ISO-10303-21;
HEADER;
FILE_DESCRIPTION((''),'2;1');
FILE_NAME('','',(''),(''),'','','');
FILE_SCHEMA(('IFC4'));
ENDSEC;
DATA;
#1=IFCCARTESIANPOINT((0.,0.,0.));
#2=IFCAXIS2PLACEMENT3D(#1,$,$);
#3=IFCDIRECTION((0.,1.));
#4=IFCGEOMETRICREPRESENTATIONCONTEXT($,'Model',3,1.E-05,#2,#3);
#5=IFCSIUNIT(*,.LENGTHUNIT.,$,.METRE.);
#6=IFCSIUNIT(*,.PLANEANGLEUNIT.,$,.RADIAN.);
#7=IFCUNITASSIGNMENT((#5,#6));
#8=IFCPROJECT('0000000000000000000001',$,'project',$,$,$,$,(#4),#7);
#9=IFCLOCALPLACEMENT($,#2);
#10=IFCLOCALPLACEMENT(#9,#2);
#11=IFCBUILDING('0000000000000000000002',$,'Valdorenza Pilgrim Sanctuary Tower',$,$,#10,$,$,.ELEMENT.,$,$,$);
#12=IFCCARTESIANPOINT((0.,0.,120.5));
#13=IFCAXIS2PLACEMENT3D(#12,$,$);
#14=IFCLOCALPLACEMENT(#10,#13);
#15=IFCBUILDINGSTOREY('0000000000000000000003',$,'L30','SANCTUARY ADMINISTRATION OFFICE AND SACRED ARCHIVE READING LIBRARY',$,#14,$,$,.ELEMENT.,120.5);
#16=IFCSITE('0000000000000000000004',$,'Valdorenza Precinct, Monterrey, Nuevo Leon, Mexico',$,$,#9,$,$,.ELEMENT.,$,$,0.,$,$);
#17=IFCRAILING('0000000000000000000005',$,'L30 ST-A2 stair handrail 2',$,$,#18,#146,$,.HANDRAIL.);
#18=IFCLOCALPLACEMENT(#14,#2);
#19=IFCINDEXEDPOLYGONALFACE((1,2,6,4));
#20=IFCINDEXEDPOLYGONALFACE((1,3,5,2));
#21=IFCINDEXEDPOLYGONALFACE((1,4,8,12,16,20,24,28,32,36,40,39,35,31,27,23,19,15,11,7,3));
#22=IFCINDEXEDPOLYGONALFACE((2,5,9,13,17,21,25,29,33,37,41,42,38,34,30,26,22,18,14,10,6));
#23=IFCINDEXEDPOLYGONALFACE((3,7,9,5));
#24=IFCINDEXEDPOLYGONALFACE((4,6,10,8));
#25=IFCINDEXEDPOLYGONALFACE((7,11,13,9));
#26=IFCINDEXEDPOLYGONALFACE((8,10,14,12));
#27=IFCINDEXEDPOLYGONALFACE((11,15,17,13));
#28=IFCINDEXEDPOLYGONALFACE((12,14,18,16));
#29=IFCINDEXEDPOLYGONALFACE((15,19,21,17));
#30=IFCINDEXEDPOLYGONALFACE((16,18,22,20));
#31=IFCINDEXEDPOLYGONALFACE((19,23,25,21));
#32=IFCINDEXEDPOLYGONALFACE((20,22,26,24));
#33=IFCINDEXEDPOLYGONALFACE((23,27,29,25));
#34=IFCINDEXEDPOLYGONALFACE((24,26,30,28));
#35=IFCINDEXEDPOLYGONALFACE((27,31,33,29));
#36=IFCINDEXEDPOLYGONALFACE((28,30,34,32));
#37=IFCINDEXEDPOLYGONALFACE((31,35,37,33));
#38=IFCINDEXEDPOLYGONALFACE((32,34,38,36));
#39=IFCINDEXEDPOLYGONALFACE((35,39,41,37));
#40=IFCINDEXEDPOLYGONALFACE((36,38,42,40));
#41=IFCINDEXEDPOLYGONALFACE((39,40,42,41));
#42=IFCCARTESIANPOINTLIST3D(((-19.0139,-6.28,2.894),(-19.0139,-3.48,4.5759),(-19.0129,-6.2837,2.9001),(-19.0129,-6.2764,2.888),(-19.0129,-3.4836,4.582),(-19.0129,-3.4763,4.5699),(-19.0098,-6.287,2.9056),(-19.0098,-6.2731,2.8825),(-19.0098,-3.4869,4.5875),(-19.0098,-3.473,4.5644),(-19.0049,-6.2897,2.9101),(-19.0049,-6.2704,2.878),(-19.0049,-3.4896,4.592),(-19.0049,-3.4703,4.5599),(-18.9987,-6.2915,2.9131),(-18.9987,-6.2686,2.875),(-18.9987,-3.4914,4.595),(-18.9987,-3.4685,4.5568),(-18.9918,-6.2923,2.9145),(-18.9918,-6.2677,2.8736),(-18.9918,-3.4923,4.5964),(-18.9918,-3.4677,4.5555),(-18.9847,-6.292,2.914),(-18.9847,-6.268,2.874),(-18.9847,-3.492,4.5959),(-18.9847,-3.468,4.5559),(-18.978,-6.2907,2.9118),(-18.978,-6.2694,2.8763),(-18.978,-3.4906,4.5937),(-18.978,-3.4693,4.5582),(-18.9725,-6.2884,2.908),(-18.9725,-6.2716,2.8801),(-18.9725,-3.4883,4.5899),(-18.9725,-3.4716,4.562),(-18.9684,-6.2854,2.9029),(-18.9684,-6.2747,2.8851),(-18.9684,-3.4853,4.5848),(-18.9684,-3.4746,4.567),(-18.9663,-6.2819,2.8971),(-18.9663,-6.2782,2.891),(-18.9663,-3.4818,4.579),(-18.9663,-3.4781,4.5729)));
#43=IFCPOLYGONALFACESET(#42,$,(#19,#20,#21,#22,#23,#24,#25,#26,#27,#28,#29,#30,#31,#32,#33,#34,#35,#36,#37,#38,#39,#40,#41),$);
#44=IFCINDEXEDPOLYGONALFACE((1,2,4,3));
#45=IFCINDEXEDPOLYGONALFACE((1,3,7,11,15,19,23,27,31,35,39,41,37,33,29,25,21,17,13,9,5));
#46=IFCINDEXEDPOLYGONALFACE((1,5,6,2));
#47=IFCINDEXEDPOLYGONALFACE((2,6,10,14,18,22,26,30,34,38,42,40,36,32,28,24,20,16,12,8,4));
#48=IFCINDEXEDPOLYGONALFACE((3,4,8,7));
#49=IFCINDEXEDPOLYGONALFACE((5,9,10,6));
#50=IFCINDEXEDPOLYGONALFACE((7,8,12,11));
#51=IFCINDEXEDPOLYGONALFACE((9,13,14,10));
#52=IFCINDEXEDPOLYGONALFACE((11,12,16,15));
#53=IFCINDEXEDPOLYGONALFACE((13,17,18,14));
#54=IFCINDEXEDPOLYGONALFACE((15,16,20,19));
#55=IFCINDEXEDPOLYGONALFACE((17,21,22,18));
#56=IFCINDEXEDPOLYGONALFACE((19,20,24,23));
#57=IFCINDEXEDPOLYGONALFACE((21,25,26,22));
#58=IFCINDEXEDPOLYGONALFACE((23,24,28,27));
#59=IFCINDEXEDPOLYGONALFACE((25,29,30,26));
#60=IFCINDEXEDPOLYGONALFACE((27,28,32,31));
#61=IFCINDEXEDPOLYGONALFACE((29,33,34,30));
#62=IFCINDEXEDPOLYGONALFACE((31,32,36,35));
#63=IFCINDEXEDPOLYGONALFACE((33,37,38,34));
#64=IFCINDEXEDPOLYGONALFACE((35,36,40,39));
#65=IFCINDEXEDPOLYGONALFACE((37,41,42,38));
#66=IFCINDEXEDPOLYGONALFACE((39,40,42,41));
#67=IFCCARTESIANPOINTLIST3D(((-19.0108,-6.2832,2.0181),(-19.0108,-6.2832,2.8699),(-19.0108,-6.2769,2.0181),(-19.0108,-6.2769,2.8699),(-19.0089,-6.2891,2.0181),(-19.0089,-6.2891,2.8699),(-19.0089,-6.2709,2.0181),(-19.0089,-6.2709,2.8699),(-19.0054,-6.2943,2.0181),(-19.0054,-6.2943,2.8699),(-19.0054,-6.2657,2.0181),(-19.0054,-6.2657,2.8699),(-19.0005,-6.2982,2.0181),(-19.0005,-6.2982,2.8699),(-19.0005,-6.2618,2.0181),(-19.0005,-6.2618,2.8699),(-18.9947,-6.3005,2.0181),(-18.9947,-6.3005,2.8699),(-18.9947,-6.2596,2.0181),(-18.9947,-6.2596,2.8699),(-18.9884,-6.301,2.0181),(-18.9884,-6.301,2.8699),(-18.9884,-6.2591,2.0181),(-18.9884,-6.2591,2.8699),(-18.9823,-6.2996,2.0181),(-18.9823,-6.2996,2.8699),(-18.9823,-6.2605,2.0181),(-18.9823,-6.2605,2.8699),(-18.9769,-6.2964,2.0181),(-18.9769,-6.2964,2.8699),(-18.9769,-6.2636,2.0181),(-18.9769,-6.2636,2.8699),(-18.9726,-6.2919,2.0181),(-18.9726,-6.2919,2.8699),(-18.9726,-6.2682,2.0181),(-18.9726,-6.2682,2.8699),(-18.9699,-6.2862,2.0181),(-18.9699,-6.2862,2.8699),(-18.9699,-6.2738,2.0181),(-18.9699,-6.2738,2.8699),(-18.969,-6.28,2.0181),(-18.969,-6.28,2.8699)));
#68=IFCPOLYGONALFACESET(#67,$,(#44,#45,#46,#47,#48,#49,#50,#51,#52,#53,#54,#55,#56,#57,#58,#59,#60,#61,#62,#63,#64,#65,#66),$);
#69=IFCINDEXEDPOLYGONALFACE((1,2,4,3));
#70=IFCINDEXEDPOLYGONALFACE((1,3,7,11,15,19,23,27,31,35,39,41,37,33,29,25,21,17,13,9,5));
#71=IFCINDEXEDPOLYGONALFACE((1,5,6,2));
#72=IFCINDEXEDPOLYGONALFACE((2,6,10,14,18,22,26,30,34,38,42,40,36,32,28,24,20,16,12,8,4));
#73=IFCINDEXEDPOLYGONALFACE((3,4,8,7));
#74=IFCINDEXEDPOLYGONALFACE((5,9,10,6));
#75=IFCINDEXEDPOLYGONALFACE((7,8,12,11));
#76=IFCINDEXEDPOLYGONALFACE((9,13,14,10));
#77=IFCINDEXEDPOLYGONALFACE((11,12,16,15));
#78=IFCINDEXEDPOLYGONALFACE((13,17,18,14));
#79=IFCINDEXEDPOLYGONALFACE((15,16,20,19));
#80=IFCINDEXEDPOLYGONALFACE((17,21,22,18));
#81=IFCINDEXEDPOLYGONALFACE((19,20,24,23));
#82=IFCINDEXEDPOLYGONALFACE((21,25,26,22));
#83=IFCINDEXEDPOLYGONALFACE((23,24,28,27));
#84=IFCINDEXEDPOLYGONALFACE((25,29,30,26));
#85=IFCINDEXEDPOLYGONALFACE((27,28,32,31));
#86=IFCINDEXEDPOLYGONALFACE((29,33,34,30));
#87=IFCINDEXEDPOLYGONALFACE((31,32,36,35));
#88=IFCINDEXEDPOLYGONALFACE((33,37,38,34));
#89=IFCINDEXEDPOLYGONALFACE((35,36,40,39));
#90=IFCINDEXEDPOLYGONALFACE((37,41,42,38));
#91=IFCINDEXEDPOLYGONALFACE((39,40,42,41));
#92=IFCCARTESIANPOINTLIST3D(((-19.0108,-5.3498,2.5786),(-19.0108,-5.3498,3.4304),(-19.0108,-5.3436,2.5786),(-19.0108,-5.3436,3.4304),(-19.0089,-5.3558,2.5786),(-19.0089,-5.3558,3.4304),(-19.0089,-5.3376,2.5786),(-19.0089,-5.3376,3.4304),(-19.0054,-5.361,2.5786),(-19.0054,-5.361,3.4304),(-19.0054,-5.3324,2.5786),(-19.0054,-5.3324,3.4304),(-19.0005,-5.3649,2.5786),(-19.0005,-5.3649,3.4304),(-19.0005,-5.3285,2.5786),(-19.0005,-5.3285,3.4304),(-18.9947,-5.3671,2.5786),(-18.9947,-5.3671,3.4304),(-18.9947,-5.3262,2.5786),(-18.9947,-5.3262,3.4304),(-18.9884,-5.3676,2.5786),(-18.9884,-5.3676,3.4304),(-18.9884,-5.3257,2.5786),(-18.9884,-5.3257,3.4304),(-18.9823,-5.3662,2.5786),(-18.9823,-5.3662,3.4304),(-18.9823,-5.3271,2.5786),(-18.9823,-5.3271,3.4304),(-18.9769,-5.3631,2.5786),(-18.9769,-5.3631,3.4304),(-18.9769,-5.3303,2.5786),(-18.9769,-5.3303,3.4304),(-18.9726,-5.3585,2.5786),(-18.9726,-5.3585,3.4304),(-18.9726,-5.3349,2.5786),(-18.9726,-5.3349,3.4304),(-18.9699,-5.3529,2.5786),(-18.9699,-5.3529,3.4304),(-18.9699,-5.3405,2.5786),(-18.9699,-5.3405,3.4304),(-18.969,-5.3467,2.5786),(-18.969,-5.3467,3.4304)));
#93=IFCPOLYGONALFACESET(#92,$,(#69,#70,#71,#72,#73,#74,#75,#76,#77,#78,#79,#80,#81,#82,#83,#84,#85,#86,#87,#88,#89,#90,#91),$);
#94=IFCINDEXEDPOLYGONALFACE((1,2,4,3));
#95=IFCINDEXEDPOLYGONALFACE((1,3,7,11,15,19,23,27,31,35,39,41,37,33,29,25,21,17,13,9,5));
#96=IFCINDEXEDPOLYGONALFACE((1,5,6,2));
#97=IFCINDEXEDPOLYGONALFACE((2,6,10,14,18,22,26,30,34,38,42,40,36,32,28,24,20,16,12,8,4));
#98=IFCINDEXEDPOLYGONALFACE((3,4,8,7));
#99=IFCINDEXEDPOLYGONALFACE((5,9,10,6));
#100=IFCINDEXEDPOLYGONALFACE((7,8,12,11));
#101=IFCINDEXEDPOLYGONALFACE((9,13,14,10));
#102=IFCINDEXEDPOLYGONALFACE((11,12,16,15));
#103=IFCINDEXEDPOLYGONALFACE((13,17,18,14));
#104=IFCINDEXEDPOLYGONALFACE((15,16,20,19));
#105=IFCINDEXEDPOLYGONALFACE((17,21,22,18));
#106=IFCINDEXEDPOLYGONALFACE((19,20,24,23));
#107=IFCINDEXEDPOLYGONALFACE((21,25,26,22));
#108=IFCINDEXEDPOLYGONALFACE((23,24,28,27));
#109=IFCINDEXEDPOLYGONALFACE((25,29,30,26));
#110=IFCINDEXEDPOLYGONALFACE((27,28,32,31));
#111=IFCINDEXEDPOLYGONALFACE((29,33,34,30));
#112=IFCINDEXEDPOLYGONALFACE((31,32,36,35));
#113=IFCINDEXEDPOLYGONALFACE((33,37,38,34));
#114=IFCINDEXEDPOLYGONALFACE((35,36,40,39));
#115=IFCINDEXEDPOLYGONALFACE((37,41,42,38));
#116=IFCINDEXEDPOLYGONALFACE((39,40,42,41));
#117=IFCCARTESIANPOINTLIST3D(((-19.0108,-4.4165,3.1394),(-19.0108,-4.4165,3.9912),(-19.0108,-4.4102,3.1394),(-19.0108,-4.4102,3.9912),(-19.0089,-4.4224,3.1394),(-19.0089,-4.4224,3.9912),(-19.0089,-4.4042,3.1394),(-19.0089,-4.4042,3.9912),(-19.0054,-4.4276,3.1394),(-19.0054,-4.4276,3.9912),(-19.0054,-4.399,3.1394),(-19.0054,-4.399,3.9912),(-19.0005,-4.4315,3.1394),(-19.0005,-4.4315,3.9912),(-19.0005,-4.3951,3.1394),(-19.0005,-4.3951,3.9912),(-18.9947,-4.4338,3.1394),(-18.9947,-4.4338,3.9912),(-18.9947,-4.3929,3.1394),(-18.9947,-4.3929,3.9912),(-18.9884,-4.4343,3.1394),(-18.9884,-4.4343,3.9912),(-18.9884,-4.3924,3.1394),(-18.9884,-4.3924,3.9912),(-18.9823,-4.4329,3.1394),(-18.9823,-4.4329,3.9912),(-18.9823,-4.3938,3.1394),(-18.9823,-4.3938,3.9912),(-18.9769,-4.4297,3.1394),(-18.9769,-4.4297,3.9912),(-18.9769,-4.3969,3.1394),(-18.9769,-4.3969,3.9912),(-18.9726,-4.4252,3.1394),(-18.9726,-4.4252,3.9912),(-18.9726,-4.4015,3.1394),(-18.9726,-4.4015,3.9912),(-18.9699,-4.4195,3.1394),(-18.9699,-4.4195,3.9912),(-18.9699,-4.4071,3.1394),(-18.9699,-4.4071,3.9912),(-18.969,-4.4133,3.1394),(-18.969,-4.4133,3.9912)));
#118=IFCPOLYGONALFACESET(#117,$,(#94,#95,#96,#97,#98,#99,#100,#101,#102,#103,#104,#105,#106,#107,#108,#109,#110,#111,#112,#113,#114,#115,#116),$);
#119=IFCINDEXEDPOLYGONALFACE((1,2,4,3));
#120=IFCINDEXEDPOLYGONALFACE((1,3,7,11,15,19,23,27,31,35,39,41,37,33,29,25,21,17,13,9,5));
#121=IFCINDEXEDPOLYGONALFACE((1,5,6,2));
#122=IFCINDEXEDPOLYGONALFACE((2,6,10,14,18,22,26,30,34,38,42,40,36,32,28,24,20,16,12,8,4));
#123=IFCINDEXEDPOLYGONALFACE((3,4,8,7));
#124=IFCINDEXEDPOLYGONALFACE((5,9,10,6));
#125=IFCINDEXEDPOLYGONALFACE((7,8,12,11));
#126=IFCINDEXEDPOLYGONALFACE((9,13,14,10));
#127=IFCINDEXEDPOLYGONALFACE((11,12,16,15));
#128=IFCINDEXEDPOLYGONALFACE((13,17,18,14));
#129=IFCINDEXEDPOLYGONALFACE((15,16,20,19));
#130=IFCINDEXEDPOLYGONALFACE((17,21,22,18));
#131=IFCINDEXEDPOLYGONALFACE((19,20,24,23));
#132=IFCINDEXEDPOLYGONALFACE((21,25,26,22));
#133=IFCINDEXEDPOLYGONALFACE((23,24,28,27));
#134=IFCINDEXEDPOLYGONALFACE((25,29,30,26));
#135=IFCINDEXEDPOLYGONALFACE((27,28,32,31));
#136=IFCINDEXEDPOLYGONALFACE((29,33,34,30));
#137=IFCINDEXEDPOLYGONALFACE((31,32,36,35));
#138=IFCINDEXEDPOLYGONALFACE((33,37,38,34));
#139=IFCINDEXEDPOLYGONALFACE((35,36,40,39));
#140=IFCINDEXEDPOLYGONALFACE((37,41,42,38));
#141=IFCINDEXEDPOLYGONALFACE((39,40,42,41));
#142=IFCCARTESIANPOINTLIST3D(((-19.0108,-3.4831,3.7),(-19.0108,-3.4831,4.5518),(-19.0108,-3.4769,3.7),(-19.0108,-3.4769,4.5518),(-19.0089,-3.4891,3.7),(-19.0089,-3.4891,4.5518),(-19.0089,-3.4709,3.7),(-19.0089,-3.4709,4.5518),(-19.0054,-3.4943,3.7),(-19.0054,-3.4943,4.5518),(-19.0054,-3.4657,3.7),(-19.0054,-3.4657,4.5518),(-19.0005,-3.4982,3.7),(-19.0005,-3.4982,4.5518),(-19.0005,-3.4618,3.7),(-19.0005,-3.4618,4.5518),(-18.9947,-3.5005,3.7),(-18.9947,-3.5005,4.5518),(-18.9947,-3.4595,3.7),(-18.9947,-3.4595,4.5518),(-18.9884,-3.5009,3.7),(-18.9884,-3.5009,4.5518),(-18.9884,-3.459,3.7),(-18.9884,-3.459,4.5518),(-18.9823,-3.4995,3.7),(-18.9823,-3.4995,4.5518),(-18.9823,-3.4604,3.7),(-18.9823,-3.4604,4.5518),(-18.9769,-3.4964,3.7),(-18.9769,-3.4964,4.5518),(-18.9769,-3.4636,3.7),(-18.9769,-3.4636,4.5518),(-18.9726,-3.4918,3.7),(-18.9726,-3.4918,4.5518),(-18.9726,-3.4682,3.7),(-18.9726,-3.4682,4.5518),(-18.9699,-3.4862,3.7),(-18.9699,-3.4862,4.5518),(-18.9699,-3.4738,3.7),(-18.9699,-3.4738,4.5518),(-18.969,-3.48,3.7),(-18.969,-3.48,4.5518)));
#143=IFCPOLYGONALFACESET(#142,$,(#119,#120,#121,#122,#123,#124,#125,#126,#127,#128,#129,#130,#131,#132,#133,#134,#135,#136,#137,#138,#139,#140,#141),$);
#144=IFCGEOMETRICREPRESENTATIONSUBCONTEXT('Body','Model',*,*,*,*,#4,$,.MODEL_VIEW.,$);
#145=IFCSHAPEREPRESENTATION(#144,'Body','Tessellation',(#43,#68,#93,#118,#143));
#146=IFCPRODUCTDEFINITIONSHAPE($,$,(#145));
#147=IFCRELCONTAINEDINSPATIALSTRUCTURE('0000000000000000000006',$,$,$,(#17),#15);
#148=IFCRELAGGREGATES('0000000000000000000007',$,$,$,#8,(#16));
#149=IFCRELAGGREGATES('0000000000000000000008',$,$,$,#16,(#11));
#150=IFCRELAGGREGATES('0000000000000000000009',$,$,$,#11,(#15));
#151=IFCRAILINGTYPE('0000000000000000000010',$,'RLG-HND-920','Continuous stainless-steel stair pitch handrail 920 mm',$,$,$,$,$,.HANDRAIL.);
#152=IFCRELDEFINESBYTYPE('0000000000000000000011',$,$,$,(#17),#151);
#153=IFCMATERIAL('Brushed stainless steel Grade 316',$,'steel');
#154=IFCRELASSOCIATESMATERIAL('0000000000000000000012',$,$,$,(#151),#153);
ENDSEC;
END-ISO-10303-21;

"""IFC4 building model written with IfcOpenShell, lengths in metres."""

from ifc_helpers import new_model, si_unit, direction, frame, origin, origin_2d, place, context, subcontext, project, spatial, circle, extrude, material, type_object, element, save


model = new_model("IFC4")

# Units and contexts
model_context = context("Model", 3, precision=1e-05, world=origin(), true_north=direction((0.0, 1.0)))
body_context = subcontext(model_context, "Body", "Model", "MODEL_VIEW")
ifc_project = project(units=[si_unit("LENGTHUNIT", "METRE"), si_unit("PLANEANGLEUNIT", "RADIAN")], contexts=[model_context])

# Site, building, storey
site_placement = place(None, origin())
site = spatial("IfcSite", under=ifc_project, at=site_placement, Name="Valdorenza Precinct, Monterrey, Nuevo Leon, Mexico", CompositionType="ELEMENT", RefElevation=0.0)
building_placement = place(site_placement, origin())
building = spatial("IfcBuilding", under=site, at=building_placement, Name="Valdorenza Pilgrim Sanctuary Tower", CompositionType="ELEMENT")
storey_placement = place(building_placement, frame((0.0, 0.0, 120.5)))
storey = spatial("IfcBuildingStorey", under=building, at=storey_placement, Name="L30", Description="SANCTUARY ADMINISTRATION OFFICE AND SACRED ARCHIVE READING LIBRARY", CompositionType="ELEMENT", Elevation=120.5)

# Shared definitions
ifc_material_1 = material(Name="Brushed stainless steel Grade 316", Category="steel")

# Railing
railing_type_1 = type_object("IfcRailingType", Name="RLG-HND-920", Description="Continuous stainless-steel stair pitch handrail 920 mm", PredefinedType="HANDRAIL", material=ifc_material_1)
railing_1_placement = place(storey_placement, frame((-18.99, -6.28, 2.0181)))
element("IfcRailing", 1, at=railing_1_placement, inside=storey, type_object=railing_type_1, Name="L30 ST-A2 stair handrail 2", PredefinedType="HANDRAIL", context=body_context, shape_type="SweptSolid", body=[
    extrude(circle(Radius=0.0239, at=origin_2d()), frame((0.0, 0.0, 0.876), z_axis=(0.0, 0.857242, 0.514913), x_axis=(-1.0, 0.0, 0.0)), (0.0, 0.0, 1.0), 3.2664),
    extrude(circle(Radius=0.021, at=origin_2d()), origin(), (0.0, 0.0, 1.0), 0.8518),
    extrude(circle(Radius=0.021, at=origin_2d()), frame((0.0, 0.9333, 0.5605)), (0.0, 0.0, 1.0), 0.8518),
    extrude(circle(Radius=0.021, at=origin_2d()), frame((0.0, 1.8667, 1.1213)), (0.0, 0.0, 1.0), 0.8518),
    extrude(circle(Radius=0.021, at=origin_2d()), frame((0.0, 2.8, 1.6819)), (0.0, 0.0, 1.0), 0.8518),
])

save(model, "model.ifc")
